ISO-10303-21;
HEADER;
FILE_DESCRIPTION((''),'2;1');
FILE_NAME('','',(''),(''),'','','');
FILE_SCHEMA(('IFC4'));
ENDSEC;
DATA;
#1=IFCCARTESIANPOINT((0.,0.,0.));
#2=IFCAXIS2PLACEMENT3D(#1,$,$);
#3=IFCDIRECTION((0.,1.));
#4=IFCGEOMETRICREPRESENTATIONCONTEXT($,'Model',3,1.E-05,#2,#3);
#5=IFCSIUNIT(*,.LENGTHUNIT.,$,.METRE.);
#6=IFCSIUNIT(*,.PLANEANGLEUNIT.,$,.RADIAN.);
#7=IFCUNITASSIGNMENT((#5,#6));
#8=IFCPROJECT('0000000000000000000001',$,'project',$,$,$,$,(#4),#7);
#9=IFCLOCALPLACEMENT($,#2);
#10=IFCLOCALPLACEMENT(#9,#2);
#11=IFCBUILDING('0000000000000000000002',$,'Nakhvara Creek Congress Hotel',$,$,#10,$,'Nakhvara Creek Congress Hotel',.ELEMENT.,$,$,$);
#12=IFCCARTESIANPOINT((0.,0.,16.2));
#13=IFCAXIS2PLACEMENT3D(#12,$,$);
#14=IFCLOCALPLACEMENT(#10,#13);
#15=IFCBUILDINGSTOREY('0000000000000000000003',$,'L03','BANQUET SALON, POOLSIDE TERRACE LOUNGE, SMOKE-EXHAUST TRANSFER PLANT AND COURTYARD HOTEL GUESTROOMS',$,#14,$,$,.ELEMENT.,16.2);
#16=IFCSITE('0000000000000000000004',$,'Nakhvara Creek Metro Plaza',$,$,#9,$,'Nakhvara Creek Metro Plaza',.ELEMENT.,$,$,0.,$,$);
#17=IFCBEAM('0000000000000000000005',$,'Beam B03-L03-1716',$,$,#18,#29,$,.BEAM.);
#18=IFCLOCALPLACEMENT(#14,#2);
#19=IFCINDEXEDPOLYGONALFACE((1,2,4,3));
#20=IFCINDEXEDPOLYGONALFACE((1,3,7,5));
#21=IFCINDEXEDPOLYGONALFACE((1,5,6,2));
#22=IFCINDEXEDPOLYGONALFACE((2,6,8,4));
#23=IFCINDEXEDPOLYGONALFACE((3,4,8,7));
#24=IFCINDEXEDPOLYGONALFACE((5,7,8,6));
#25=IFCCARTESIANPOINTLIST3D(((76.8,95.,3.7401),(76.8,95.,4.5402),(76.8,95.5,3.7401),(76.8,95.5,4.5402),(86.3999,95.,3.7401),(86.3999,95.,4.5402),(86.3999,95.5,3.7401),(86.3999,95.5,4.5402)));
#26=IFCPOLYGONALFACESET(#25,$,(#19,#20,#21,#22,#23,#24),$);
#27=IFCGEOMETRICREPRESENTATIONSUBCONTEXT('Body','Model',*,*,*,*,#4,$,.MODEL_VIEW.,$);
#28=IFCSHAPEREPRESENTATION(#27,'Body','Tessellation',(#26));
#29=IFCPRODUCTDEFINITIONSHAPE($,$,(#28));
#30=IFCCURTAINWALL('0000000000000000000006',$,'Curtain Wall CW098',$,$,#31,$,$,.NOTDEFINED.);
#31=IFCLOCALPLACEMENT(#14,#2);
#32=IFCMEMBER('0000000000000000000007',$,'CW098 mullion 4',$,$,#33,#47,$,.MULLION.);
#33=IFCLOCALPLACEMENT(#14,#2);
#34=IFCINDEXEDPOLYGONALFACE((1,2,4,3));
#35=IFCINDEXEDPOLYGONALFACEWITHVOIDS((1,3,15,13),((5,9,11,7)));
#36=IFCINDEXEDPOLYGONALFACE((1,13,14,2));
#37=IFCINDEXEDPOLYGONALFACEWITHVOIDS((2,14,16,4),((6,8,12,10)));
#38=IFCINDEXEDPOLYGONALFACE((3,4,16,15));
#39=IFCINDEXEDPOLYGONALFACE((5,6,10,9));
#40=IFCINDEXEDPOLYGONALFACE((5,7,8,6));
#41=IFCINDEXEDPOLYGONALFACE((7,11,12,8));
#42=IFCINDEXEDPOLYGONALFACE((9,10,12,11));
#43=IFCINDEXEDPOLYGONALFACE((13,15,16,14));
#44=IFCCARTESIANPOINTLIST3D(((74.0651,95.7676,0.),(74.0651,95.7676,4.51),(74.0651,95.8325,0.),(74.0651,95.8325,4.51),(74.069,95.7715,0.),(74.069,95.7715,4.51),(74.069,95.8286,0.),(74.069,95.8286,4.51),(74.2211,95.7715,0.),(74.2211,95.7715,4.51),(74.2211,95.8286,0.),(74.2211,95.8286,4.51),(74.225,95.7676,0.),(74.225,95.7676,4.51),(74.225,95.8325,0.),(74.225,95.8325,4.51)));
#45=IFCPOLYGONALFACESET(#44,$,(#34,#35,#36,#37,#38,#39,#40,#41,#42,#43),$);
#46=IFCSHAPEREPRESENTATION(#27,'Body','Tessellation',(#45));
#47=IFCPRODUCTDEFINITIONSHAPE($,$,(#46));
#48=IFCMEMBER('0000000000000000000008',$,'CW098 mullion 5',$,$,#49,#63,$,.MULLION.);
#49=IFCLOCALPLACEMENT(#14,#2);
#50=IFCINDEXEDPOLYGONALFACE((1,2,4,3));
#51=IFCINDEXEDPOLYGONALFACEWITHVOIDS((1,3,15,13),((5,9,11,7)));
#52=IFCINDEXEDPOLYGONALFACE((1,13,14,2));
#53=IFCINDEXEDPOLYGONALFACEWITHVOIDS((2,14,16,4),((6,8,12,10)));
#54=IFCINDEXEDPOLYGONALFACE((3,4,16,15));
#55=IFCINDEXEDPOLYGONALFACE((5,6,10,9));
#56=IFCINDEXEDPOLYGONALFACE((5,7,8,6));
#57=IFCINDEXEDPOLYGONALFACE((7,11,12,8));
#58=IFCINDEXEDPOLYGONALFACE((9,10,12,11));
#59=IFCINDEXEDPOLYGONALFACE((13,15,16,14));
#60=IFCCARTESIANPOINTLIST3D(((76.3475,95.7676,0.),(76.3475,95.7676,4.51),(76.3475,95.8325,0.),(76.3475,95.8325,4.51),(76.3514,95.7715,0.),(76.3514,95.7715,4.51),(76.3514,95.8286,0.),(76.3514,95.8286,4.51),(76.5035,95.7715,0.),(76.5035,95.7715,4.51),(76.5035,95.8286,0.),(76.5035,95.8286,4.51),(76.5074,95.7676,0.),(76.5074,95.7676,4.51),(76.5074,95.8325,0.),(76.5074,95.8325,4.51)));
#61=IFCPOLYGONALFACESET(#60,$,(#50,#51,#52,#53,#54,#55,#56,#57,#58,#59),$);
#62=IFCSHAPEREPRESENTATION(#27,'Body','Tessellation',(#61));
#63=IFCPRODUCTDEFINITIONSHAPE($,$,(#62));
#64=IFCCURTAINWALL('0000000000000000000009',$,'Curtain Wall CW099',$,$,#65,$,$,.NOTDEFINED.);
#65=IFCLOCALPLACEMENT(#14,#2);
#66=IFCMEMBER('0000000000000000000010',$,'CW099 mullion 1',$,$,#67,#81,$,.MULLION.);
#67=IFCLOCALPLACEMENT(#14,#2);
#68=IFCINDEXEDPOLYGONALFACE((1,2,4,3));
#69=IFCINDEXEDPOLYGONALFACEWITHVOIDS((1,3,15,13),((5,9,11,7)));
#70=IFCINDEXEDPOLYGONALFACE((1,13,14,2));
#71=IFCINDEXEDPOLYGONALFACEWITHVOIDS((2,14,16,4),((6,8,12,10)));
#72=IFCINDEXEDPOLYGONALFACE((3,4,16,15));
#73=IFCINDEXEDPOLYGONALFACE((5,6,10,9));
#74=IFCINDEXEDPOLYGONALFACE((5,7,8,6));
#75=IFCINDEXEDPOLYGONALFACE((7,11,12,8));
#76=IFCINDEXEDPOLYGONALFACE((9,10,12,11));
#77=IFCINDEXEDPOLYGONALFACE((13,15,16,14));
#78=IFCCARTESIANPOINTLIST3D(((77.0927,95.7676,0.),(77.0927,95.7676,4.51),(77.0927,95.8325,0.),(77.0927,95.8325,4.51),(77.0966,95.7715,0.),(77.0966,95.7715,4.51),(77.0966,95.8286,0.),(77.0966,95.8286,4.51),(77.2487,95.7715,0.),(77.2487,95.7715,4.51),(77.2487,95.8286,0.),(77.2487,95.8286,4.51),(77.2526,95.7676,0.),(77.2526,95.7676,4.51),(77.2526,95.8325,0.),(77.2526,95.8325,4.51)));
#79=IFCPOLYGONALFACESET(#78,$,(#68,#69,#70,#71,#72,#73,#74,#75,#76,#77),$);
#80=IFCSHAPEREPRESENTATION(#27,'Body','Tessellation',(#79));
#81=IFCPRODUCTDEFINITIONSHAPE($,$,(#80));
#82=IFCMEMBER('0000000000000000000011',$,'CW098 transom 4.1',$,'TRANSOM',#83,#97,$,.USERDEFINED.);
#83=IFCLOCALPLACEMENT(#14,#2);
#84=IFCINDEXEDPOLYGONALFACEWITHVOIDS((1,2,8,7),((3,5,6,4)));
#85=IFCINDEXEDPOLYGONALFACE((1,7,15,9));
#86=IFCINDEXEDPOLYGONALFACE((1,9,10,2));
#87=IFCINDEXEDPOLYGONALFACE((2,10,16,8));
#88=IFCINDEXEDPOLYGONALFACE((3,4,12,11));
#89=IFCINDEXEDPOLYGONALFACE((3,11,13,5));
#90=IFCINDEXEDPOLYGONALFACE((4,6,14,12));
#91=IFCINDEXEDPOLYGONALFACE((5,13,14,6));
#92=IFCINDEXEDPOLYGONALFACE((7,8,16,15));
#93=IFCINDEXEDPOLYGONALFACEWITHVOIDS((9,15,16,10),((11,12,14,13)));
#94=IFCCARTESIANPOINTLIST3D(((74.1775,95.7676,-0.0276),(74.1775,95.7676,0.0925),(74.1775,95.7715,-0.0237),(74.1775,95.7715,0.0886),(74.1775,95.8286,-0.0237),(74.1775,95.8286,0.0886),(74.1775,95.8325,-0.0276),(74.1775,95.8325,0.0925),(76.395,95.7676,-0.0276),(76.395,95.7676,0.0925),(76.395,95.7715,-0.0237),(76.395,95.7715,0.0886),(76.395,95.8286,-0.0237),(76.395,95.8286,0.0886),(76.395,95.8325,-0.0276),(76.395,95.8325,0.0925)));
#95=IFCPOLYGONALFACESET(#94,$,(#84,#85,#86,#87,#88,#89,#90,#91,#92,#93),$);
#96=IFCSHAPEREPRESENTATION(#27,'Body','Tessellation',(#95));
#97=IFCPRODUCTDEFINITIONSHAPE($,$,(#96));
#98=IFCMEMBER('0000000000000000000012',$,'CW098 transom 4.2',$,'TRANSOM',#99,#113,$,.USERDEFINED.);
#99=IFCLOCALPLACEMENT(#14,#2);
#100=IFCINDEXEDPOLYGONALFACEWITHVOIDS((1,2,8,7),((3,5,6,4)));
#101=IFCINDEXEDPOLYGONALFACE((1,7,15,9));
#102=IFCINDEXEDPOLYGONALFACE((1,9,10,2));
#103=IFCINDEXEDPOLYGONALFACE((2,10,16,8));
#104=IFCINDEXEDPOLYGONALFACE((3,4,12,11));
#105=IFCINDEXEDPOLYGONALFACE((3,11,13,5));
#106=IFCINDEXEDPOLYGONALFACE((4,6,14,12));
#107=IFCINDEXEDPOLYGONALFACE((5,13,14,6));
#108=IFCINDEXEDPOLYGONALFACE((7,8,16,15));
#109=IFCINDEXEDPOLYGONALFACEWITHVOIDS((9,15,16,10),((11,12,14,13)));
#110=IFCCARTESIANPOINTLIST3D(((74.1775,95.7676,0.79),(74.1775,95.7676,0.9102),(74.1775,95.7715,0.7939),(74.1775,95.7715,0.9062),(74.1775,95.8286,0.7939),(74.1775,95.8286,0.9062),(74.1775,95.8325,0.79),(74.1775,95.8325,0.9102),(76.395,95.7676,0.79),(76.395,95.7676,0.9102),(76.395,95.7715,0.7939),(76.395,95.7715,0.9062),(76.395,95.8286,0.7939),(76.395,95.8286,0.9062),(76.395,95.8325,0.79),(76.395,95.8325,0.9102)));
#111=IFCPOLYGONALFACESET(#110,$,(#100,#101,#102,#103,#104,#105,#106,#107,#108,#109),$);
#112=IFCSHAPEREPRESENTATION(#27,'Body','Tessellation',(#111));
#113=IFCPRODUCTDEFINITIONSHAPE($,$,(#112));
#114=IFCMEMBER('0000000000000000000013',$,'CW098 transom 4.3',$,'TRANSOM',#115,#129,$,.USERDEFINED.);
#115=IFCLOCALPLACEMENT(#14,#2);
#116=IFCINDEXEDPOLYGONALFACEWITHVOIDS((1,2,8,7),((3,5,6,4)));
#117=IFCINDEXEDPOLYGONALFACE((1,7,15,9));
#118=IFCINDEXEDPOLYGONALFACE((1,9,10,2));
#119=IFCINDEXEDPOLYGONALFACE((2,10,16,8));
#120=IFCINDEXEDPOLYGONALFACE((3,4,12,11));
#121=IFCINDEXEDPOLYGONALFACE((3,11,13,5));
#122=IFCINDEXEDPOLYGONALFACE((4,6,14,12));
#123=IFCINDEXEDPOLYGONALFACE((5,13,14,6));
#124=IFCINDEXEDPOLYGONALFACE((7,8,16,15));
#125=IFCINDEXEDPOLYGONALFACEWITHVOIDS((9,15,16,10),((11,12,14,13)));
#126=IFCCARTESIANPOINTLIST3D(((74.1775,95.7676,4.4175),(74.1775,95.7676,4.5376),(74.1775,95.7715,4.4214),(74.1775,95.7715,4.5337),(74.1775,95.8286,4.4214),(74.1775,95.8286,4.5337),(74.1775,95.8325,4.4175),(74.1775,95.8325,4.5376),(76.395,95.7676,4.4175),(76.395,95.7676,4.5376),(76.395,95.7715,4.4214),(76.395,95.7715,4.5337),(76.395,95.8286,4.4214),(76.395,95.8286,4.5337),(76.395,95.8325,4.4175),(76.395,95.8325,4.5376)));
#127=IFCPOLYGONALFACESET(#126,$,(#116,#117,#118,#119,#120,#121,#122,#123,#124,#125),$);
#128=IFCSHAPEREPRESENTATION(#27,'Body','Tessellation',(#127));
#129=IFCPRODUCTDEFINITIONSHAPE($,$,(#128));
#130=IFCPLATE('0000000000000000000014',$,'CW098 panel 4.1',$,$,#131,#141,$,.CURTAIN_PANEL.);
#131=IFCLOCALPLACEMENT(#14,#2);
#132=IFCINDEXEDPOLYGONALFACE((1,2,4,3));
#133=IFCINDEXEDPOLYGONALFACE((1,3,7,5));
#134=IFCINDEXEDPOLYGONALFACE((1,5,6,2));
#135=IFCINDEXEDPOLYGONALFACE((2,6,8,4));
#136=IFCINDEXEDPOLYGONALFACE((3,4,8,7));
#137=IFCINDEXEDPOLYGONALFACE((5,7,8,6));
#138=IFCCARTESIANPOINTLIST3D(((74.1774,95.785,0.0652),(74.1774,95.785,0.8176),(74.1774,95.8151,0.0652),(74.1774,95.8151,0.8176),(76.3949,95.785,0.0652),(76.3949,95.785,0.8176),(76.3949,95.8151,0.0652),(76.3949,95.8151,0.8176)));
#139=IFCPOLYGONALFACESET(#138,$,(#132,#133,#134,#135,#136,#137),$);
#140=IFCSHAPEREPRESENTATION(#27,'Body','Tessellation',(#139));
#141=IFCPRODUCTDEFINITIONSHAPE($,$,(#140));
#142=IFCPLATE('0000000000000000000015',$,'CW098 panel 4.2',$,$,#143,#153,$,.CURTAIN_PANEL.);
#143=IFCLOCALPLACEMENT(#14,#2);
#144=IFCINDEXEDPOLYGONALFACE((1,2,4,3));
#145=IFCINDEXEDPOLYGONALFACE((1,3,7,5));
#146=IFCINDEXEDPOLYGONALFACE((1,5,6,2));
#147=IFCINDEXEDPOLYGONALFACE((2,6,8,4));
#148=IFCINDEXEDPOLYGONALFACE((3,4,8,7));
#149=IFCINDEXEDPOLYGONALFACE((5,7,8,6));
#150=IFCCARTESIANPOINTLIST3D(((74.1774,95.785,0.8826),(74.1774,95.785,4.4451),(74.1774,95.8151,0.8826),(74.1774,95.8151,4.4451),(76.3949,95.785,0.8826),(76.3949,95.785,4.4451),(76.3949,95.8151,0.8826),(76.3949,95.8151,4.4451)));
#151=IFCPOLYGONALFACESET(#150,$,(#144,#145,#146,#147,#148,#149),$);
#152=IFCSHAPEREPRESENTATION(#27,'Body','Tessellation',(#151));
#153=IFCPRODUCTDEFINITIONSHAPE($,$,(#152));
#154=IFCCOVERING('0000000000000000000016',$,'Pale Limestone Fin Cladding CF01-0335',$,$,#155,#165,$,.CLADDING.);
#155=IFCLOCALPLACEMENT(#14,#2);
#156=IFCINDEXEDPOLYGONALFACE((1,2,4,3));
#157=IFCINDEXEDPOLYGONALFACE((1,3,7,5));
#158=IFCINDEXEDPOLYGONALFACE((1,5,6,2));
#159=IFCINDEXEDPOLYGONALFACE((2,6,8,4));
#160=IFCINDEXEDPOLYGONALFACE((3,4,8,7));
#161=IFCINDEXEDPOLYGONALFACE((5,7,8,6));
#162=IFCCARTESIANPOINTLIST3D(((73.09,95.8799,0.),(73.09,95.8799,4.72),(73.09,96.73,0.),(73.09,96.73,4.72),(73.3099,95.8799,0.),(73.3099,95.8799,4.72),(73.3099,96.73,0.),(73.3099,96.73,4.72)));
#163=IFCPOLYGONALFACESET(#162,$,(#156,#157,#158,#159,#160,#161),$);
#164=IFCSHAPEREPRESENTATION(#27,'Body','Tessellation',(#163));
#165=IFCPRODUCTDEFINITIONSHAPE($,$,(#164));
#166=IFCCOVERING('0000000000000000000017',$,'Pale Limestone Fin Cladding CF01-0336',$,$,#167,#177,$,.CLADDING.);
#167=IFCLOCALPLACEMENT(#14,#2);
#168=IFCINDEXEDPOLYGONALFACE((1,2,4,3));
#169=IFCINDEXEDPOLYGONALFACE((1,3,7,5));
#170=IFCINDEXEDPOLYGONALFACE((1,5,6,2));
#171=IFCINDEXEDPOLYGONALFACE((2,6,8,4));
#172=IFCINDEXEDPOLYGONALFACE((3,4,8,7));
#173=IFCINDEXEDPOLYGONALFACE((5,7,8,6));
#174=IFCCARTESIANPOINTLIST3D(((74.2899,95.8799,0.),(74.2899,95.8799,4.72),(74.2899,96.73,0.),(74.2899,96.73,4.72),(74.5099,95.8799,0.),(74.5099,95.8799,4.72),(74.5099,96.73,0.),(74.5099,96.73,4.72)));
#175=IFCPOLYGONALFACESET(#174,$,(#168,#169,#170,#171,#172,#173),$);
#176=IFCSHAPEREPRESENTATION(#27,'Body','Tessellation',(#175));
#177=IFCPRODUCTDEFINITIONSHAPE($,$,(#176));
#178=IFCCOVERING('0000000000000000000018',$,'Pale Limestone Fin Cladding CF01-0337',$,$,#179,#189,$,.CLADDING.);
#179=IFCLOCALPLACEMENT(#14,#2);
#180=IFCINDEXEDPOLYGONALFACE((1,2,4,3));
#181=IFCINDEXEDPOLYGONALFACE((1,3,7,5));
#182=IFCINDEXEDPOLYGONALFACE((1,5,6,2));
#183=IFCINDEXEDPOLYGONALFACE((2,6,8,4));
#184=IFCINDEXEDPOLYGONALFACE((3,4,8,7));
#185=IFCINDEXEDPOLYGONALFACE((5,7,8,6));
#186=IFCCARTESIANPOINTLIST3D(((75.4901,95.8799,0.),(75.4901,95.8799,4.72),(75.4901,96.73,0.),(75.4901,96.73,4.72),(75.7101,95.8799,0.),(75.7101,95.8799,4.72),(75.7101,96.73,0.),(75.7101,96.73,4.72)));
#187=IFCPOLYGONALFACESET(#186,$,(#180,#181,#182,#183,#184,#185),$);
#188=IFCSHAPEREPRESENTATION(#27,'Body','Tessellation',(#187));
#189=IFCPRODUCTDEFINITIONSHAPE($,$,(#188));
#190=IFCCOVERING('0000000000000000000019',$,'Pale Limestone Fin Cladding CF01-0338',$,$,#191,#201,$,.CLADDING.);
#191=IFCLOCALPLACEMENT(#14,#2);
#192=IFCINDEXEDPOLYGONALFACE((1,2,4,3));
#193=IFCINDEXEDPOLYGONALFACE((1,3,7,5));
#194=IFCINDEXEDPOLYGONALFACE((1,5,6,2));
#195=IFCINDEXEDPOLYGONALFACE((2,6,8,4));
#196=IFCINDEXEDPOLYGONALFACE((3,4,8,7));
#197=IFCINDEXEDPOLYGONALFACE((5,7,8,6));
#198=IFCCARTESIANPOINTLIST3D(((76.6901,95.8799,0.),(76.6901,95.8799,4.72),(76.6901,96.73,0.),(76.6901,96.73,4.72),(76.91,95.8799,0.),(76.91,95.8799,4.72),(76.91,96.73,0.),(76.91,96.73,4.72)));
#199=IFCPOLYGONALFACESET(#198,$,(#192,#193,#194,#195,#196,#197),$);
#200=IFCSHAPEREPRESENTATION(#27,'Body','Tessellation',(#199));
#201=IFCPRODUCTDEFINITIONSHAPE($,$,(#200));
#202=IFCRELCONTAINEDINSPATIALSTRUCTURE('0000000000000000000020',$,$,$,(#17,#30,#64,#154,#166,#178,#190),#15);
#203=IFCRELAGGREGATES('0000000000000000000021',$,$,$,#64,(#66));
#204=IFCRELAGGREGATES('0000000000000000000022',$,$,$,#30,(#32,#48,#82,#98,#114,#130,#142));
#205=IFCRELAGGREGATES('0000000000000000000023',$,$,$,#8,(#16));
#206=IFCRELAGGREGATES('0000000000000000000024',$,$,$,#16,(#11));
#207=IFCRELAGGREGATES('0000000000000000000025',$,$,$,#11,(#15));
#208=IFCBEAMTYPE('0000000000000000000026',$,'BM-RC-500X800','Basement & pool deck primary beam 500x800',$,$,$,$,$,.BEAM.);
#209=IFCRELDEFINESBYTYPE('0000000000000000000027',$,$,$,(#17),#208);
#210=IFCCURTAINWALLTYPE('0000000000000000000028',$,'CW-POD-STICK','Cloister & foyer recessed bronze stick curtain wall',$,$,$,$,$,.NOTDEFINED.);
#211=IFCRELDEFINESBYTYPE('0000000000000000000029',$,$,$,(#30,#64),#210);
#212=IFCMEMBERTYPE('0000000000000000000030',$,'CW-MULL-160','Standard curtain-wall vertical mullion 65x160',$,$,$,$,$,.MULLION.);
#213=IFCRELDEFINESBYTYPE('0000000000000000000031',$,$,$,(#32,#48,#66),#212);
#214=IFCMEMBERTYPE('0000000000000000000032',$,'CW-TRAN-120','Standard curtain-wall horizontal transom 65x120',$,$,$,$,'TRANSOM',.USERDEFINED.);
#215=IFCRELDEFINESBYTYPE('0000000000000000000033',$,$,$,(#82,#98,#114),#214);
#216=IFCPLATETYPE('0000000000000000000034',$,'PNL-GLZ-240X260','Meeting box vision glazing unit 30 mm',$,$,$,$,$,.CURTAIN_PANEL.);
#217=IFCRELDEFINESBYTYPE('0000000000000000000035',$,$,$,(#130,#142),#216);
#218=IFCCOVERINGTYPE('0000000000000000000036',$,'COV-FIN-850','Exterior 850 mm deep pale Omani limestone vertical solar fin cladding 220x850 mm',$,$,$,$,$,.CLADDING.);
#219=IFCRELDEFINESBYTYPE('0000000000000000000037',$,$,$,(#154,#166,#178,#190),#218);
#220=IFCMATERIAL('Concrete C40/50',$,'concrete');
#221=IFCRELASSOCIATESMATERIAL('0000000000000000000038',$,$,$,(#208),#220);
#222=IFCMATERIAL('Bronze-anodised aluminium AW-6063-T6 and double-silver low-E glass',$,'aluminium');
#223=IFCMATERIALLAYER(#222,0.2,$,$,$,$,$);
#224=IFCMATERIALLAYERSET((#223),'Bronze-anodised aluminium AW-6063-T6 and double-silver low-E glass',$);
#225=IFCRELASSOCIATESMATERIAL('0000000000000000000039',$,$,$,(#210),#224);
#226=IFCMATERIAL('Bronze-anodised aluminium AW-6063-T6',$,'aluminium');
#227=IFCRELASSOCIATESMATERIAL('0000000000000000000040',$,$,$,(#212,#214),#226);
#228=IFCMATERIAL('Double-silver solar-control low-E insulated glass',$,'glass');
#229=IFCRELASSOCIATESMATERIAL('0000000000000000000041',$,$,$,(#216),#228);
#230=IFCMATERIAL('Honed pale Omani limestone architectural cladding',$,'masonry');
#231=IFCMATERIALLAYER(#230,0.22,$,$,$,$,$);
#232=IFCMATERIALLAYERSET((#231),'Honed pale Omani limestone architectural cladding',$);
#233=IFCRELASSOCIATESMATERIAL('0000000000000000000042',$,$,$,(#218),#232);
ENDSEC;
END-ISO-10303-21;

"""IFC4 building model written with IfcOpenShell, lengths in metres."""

from ifc_helpers import new_model, si_unit, direction, frame, origin, origin_2d, place, context, subcontext, project, spatial, rectangle, hollow_rectangle, extrude, material, layer, layer_set, material_profile, profile_set, type_object, element, aggregate, save


model = new_model("IFC4")

# Units and contexts
model_context = context("Model", 3, precision=1e-05, world=origin(), true_north=direction((0.0, 1.0)))
body_context = subcontext(model_context, "Body", "Model", "MODEL_VIEW")
ifc_project = project(units=[si_unit("LENGTHUNIT", "METRE"), si_unit("PLANEANGLEUNIT", "RADIAN")], contexts=[model_context])

# Site, building, storey
site_placement = place(None, origin())
site = spatial("IfcSite", under=ifc_project, at=site_placement, Name="Nakhvara Creek Metro Plaza", LongName="Nakhvara Creek Metro Plaza", CompositionType="ELEMENT", RefElevation=0.0)
building_placement = place(site_placement, origin())
building = spatial("IfcBuilding", under=site, at=building_placement, Name="Nakhvara Creek Congress Hotel", LongName="Nakhvara Creek Congress Hotel", CompositionType="ELEMENT")
storey_placement = place(building_placement, frame((0.0, 0.0, 16.2)))
storey = spatial("IfcBuildingStorey", under=building, at=storey_placement, Name="L03", Description="BANQUET SALON, POOLSIDE TERRACE LOUNGE, SMOKE-EXHAUST TRANSFER PLANT AND COURTYARD HOTEL GUESTROOMS", CompositionType="ELEMENT", Elevation=16.2)

# Beam
ifc_material_1 = material(Name="Concrete C40/50", Category="concrete")
ifc_material_profile_1 = material_profile(ifc_material_1, rectangle(XDim=0.5, YDim=0.8, at=origin_2d()), Name="RC-BM 500x800", Category="LoadBearing")
ifc_profile_set_1 = profile_set([ifc_material_profile_1], Name="Concrete C40/50")
beam_type = type_object("IfcBeamType", Name="BM-RC-500X800", Description="Basement & pool deck primary beam 500x800", PredefinedType="BEAM", material=ifc_profile_set_1)
beam_placement = place(storey_placement, frame((76.8, 95.25, 4.1401), z_axis=(1.0, 0.0, 0.0), x_axis=(0.0, 1.0, 0.0)))
element("IfcBeam", 1, at=beam_placement, inside=storey, type_object=beam_type, Name="Beam B03-L03-1716", PredefinedType="BEAM", context=body_context, shape_type="SweptSolid", body=[
    extrude(rectangle(XDim=0.5, YDim=0.8, at=origin_2d()), origin(), (0.0, 0.0, 1.0), 9.5999),
])

# Curtain wall, members
ifc_material_2 = material(Name="Bronze-anodised aluminium AW-6063-T6 and double-silver low-E glass", Category="aluminium")
ifc_layer_1 = layer(ifc_material_2, 0.2)
ifc_layer_set_1 = layer_set([ifc_layer_1], Name="Bronze-anodised aluminium AW-6063-T6 and double-silver low-E glass")
curtain_wall_type = type_object("IfcCurtainWallType", Name="CW-POD-STICK", Description="Cloister & foyer recessed bronze stick curtain wall", PredefinedType="NOTDEFINED", material=ifc_layer_set_1)
curtain_wall_1_placement = place(storey_placement, origin())
curtain_wall_1 = element("IfcCurtainWall", 2, at=curtain_wall_1_placement, inside=storey, type_object=curtain_wall_type, Name="Curtain Wall CW098", PredefinedType="NOTDEFINED")
ifc_material_3 = material(Name="Bronze-anodised aluminium AW-6063-T6", Category="aluminium")
ifc_material_profile_2 = material_profile(ifc_material_3, hollow_rectangle(XDim=0.0649, YDim=0.1599, WallThickness=0.0039, at=origin_2d()), Name="ALU-MULL 65x160x4", Category="LoadBearing")
ifc_profile_set_2 = profile_set([ifc_material_profile_2], Name="Bronze-anodised aluminium AW-6063-T6")
member_type_1 = type_object("IfcMemberType", Name="CW-MULL-160", Description="Standard curtain-wall vertical mullion 65x160", PredefinedType="MULLION", material=ifc_profile_set_2)
member_1_placement = place(storey_placement, frame((74.145, 95.8, 0.0), z_axis=(0.0, 0.0, 1.0), x_axis=(0.0, 1.0, 0.0)))
member_1 = element("IfcMember", 3, at=member_1_placement, type_object=member_type_1, Name="CW098 mullion 4", PredefinedType="MULLION", context=body_context, shape_type="SweptSolid", body=[
    extrude(hollow_rectangle(XDim=0.0649, YDim=0.1599, WallThickness=0.0039, at=origin_2d()), origin(), (0.0, 0.0, 1.0), 4.51),
])
member_2_placement = place(storey_placement, frame((76.4275, 95.8, 0.0), z_axis=(0.0, 0.0, 1.0), x_axis=(0.0, 1.0, 0.0)))
member_2 = element("IfcMember", 4, at=member_2_placement, type_object=member_type_1, Name="CW098 mullion 5", PredefinedType="MULLION", context=body_context, shape_type="SweptSolid", body=[
    extrude(hollow_rectangle(XDim=0.0649, YDim=0.1599, WallThickness=0.0039, at=origin_2d()), origin(), (0.0, 0.0, 1.0), 4.51),
])

# Curtain wall, member
curtain_wall_2_placement = place(storey_placement, origin())
curtain_wall_2 = element("IfcCurtainWall", 5, at=curtain_wall_2_placement, inside=storey, type_object=curtain_wall_type, Name="Curtain Wall CW099", PredefinedType="NOTDEFINED")
member_3_placement = place(storey_placement, frame((77.1726, 95.8, 0.0), z_axis=(0.0, 0.0, 1.0), x_axis=(0.0, 1.0, 0.0)))
member_3 = element("IfcMember", 6, at=member_3_placement, type_object=member_type_1, Name="CW099 mullion 1", PredefinedType="MULLION", context=body_context, shape_type="SweptSolid", body=[
    extrude(hollow_rectangle(XDim=0.0649, YDim=0.1599, WallThickness=0.0039, at=origin_2d()), origin(), (0.0, 0.0, 1.0), 4.51),
])
aggregate(curtain_wall_2, [member_3])

# Members
ifc_material_profile_3 = material_profile(ifc_material_3, hollow_rectangle(XDim=0.0649, YDim=0.1201, WallThickness=0.0039, at=origin_2d()), Name="ALU-TRAN 65x120x4", Category="LoadBearing")
ifc_profile_set_3 = profile_set([ifc_material_profile_3], Name="Bronze-anodised aluminium AW-6063-T6")
member_type_2 = type_object("IfcMemberType", Name="CW-TRAN-120", Description="Standard curtain-wall horizontal transom 65x120", ElementType="TRANSOM", PredefinedType="USERDEFINED", material=ifc_profile_set_3)
member_4_placement = place(storey_placement, frame((74.1775, 95.8, 0.0325), z_axis=(1.0, 0.0, 0.0), x_axis=(0.0, 1.0, 0.0)))
member_4 = element("IfcMember", 7, at=member_4_placement, type_object=member_type_2, Name="CW098 transom 4.1", ObjectType="TRANSOM", PredefinedType="USERDEFINED", context=body_context, shape_type="SweptSolid", body=[
    extrude(hollow_rectangle(XDim=0.0649, YDim=0.1201, WallThickness=0.0039, at=origin_2d()), origin(), (0.0, 0.0, 1.0), 2.2175),
])
member_5_placement = place(storey_placement, frame((74.1775, 95.8, 0.8501), z_axis=(1.0, 0.0, 0.0), x_axis=(0.0, 1.0, 0.0)))
member_5 = element("IfcMember", 8, at=member_5_placement, type_object=member_type_2, Name="CW098 transom 4.2", ObjectType="TRANSOM", PredefinedType="USERDEFINED", context=body_context, shape_type="SweptSolid", body=[
    extrude(hollow_rectangle(XDim=0.0649, YDim=0.1201, WallThickness=0.0039, at=origin_2d()), origin(), (0.0, 0.0, 1.0), 2.2175),
])
member_6_placement = place(storey_placement, frame((74.1775, 95.8, 4.4775), z_axis=(1.0, 0.0, 0.0), x_axis=(0.0, 1.0, 0.0)))
member_6 = element("IfcMember", 9, at=member_6_placement, type_object=member_type_2, Name="CW098 transom 4.3", ObjectType="TRANSOM", PredefinedType="USERDEFINED", context=body_context, shape_type="SweptSolid", body=[
    extrude(hollow_rectangle(XDim=0.0649, YDim=0.1201, WallThickness=0.0039, at=origin_2d()), origin(), (0.0, 0.0, 1.0), 2.2175),
])

# Plates
ifc_material_4 = material(Name="Double-silver solar-control low-E insulated glass", Category="glass")
plate_type = type_object("IfcPlateType", Name="PNL-GLZ-240X260", Description="Meeting box vision glazing unit 30 mm", PredefinedType="CURTAIN_PANEL", material=ifc_material_4)
plate_1_placement = place(storey_placement, frame((75.2861, 95.8, 0.0652), z_axis=(0.0, 0.0, 1.0), x_axis=(1.0, 0.0, 0.0)))
plate_1 = element("IfcPlate", 10, at=plate_1_placement, type_object=plate_type, Name="CW098 panel 4.1", PredefinedType="CURTAIN_PANEL", context=body_context, shape_type="SweptSolid", body=[
    extrude(rectangle(XDim=2.2175, YDim=0.03, at=origin_2d()), origin(), (0.0, 0.0, 1.0), 0.7524),
])
plate_2_placement = place(storey_placement, frame((75.2861, 95.8, 0.8826), z_axis=(0.0, 0.0, 1.0), x_axis=(1.0, 0.0, 0.0)))
plate_2 = element("IfcPlate", 11, at=plate_2_placement, type_object=plate_type, Name="CW098 panel 4.2", PredefinedType="CURTAIN_PANEL", context=body_context, shape_type="SweptSolid", body=[
    extrude(rectangle(XDim=2.2175, YDim=0.03, at=origin_2d()), origin(), (0.0, 0.0, 1.0), 3.5625),
])
aggregate(curtain_wall_1, [member_1, member_2, member_4, member_5, member_6, plate_1, plate_2])

# Coverings
ifc_material_5 = material(Name="Honed pale Omani limestone architectural cladding", Category="masonry")
ifc_layer_2 = layer(ifc_material_5, 0.22)
ifc_layer_set_2 = layer_set([ifc_layer_2], Name="Honed pale Omani limestone architectural cladding")
covering_type = type_object("IfcCoveringType", Name="COV-FIN-850", Description="Exterior 850 mm deep pale Omani limestone vertical solar fin cladding 220x850 mm", PredefinedType="CLADDING", material=ifc_layer_set_2)
for number, where, z_axis, x_axis, name in (
    (12, (73.2, 96.3049, 0.0), (0.0, 0.0, 1.0), (1.0, 0.0, 0.0), "Pale Limestone Fin Cladding CF01-0335"),
    (13, (74.3999, 96.3049, 0.0), (0.0, 0.0, 1.0), (1.0, 0.0, 0.0), "Pale Limestone Fin Cladding CF01-0336"),
    (14, (75.6001, 96.3049, 0.0), (0.0, 0.0, 1.0), (1.0, 0.0, 0.0), "Pale Limestone Fin Cladding CF01-0337"),
    (15, (76.8, 96.3049, 0.0), (0.0, 0.0, 1.0), (1.0, 0.0, 0.0), "Pale Limestone Fin Cladding CF01-0338"),
):
    element("IfcCovering", number, at=place(storey_placement, frame(where, z_axis=z_axis, x_axis=x_axis)), inside=storey, type_object=covering_type, Name=name, PredefinedType="CLADDING", context=body_context, shape_type="SweptSolid", body=[
        extrude(rectangle(XDim=0.22, YDim=0.8501, at=origin_2d()), origin(), (0.0, 0.0, 1.0), 4.72),
    ])

save(model, "model.ifc")
